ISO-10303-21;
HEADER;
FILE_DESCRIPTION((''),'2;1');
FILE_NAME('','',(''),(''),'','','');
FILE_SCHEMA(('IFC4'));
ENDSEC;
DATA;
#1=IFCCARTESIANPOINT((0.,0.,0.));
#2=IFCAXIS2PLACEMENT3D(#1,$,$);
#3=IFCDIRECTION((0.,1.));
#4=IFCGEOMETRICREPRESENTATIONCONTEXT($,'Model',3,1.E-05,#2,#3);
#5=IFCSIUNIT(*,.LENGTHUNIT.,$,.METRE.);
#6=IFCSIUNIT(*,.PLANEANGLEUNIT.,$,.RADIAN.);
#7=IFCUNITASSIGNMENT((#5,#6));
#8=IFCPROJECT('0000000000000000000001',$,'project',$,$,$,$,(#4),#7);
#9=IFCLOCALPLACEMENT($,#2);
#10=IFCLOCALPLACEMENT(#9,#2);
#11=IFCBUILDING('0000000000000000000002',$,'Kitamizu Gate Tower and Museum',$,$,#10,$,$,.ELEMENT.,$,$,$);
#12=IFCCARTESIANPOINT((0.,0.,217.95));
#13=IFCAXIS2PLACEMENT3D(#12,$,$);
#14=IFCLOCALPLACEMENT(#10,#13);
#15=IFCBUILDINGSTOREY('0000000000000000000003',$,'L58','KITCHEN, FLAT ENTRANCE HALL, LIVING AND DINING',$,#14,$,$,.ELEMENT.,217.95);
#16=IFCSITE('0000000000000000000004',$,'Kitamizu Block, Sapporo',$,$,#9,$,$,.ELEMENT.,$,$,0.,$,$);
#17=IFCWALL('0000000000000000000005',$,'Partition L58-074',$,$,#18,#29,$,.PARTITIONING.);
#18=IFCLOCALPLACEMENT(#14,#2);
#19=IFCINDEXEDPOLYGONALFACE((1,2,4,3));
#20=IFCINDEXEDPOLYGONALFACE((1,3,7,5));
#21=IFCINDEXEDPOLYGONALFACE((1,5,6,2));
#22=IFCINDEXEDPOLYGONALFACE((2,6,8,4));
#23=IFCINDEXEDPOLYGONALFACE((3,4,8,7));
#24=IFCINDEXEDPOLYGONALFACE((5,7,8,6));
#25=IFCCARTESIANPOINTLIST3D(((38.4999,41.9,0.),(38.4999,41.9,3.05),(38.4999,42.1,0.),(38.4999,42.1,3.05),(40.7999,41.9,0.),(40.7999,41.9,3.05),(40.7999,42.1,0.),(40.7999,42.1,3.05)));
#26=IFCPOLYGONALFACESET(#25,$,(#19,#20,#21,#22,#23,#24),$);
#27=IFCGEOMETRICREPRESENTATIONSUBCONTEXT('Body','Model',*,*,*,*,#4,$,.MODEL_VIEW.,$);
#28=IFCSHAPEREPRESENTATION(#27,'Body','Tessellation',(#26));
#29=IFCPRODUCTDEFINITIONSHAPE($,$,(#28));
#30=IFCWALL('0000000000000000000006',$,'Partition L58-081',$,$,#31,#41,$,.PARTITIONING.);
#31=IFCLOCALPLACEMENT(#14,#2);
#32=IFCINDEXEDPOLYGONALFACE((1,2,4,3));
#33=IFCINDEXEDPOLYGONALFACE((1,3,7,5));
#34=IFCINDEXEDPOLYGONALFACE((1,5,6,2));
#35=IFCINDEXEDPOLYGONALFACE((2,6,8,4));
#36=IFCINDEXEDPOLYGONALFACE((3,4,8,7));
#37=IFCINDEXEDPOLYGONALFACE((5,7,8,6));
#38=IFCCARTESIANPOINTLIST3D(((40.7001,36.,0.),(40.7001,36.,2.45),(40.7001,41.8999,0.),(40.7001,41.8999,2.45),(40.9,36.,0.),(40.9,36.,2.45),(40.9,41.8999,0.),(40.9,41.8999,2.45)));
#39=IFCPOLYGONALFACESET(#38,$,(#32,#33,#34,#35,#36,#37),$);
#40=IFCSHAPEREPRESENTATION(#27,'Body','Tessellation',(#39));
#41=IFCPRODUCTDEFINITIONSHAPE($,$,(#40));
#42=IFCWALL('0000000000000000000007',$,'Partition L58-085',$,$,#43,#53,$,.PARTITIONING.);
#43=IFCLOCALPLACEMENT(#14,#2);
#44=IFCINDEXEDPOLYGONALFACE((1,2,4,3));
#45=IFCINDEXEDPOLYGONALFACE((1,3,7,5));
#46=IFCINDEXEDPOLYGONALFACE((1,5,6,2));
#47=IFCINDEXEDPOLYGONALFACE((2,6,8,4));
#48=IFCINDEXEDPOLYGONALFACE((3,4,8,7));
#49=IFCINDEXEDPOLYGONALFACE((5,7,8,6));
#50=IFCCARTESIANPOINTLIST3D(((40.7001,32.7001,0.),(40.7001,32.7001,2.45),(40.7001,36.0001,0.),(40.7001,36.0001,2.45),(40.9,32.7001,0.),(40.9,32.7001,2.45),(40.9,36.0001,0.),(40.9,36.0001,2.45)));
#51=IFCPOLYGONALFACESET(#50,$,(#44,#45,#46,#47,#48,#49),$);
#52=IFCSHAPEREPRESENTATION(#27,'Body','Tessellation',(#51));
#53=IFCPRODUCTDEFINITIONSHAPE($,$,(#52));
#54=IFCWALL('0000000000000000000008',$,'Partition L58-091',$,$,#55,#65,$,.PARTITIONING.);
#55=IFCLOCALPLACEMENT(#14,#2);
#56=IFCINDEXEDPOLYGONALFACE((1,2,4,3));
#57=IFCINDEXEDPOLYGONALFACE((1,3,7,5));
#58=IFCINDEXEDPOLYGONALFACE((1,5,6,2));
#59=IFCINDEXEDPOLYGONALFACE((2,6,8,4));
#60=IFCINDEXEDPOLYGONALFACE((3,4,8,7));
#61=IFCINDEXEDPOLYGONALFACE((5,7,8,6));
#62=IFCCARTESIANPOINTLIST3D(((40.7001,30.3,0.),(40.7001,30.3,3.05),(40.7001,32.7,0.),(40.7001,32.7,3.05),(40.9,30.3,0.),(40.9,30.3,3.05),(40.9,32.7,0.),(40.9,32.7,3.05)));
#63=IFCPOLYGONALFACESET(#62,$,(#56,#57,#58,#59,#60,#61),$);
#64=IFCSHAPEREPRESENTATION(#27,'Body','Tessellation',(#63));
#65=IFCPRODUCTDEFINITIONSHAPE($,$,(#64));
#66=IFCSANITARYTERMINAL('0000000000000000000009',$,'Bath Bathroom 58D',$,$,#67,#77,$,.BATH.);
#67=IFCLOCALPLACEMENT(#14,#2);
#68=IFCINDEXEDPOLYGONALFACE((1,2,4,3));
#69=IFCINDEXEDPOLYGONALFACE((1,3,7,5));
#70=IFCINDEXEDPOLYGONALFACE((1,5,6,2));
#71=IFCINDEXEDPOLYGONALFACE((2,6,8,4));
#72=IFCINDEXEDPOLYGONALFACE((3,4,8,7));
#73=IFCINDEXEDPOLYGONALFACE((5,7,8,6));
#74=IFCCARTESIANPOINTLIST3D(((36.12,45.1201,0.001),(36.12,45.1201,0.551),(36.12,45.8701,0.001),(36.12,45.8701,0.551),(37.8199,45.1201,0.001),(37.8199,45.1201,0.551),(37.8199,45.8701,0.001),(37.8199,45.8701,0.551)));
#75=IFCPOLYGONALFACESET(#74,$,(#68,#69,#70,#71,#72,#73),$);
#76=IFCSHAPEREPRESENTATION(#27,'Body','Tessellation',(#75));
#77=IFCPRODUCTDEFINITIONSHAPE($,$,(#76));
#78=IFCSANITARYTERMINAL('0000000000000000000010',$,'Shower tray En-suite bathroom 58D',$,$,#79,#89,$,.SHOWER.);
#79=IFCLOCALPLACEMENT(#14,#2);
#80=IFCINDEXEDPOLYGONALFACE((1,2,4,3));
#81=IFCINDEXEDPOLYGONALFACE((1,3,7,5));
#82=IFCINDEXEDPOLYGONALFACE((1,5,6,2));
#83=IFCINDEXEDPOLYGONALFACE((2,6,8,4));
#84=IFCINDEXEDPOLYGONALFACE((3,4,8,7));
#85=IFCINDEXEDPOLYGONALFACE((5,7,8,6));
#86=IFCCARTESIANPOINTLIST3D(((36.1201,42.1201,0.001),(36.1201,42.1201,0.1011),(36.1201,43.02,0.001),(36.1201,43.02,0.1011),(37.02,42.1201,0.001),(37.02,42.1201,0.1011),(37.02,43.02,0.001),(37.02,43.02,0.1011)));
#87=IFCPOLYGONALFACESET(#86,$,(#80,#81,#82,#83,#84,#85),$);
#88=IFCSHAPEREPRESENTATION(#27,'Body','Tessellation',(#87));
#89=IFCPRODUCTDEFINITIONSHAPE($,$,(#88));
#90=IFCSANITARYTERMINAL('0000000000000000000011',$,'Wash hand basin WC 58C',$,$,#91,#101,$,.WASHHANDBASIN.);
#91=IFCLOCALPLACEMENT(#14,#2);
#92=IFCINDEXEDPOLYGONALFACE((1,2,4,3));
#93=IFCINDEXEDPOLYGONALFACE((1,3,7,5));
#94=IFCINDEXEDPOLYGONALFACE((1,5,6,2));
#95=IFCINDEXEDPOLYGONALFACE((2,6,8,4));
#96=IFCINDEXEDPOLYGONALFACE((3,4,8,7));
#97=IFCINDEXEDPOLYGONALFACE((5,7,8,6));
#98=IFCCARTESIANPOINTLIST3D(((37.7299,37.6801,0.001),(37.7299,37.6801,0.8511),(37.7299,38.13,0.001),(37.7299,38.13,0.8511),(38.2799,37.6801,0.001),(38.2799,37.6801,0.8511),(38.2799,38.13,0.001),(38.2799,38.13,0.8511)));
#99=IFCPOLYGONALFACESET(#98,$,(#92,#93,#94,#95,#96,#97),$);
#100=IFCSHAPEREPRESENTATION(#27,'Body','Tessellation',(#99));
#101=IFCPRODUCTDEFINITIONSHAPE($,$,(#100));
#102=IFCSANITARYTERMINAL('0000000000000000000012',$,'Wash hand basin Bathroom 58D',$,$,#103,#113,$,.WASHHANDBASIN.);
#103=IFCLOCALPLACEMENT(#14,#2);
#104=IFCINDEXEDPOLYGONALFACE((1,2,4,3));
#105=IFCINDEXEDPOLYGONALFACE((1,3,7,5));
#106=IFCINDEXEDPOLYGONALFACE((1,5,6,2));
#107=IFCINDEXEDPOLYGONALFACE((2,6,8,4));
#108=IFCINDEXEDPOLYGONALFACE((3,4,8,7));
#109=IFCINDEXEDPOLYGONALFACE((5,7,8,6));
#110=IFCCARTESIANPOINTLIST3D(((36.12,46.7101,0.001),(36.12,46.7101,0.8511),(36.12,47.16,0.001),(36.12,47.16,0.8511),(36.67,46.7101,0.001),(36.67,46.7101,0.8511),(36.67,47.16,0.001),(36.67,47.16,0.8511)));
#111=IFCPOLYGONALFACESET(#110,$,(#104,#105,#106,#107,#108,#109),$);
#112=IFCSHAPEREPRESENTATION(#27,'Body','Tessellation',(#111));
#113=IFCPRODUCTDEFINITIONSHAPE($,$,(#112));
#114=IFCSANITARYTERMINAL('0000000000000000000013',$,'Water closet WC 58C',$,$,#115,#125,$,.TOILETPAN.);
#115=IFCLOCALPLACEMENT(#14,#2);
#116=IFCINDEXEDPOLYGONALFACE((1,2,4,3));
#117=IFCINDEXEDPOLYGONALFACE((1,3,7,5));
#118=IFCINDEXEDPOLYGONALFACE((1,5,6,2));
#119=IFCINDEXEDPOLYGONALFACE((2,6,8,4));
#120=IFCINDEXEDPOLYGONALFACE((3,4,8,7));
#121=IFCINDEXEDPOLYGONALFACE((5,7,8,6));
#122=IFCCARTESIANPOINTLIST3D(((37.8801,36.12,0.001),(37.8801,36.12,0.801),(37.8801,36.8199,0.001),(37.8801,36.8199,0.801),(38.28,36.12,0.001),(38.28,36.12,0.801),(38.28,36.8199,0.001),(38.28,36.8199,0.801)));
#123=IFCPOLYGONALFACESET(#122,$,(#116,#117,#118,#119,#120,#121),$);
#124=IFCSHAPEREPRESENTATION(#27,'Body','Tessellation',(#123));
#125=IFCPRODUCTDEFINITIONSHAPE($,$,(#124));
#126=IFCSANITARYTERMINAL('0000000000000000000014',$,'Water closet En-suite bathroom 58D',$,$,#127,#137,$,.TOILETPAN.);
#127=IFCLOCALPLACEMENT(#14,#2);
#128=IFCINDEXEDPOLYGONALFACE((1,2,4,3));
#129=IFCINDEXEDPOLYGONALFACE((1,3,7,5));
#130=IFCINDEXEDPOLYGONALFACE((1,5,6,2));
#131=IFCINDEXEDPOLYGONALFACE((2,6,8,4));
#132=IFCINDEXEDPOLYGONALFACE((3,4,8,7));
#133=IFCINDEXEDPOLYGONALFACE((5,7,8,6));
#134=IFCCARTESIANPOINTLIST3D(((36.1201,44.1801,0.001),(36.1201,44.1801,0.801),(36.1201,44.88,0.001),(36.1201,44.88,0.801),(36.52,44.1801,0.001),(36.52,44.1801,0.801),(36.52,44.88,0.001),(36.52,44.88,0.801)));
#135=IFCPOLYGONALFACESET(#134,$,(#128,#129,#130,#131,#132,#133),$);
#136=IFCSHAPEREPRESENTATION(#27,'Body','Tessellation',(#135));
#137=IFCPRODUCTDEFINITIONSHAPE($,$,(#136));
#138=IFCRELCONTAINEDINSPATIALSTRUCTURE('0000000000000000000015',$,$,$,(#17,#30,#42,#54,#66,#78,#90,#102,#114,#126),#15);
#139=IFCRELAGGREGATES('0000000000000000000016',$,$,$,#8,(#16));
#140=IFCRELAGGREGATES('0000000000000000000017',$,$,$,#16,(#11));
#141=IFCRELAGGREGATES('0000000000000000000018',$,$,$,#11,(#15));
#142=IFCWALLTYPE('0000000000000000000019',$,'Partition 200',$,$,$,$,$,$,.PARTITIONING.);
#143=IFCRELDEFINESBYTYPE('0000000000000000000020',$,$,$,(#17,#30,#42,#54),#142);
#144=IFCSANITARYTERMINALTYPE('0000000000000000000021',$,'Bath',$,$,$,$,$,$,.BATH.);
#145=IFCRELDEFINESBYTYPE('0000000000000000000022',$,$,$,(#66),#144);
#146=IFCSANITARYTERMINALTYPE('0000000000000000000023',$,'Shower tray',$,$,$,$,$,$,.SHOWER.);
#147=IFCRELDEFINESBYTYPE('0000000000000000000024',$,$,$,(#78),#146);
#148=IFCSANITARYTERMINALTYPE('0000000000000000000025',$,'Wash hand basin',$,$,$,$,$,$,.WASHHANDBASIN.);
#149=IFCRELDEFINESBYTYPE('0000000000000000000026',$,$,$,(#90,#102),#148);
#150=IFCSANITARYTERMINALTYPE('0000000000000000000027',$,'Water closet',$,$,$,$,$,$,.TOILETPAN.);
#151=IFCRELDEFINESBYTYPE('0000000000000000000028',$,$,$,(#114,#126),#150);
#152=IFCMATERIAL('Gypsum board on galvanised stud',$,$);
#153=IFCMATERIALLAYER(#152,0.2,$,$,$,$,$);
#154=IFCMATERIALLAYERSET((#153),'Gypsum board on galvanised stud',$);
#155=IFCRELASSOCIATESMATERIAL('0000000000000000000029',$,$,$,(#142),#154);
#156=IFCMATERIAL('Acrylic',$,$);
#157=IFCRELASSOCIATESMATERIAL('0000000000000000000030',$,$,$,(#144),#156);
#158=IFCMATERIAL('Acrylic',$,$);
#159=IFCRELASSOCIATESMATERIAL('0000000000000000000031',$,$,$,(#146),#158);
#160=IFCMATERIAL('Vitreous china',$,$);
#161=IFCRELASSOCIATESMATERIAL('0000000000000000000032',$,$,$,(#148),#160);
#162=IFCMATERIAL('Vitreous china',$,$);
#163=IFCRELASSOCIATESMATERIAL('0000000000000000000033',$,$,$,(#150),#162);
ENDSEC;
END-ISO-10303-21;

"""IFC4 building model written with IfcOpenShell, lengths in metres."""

from ifc_helpers import new_model, si_unit, direction, frame, frame_2d, origin, origin_2d, place, context, subcontext, project, spatial, rectangle, extrude, material, layer, layer_set, type_object, element, save


model = new_model("IFC4")

# Units and contexts
model_context = context("Model", 3, precision=1e-05, world=origin(), true_north=direction((0.0, 1.0)))
body_context = subcontext(model_context, "Body", "Model", "MODEL_VIEW")
ifc_project = project(units=[si_unit("LENGTHUNIT", "METRE"), si_unit("PLANEANGLEUNIT", "RADIAN")], contexts=[model_context])

# Site, building, storey
site_placement = place(None, origin())
site = spatial("IfcSite", under=ifc_project, at=site_placement, Name="Kitamizu Block, Sapporo", CompositionType="ELEMENT", RefElevation=0.0)
building_placement = place(site_placement, origin())
building = spatial("IfcBuilding", under=site, at=building_placement, Name="Kitamizu Gate Tower and Museum", CompositionType="ELEMENT")
storey_placement = place(building_placement, frame((0.0, 0.0, 217.95)))
storey = spatial("IfcBuildingStorey", under=building, at=storey_placement, Name="L58", Description="KITCHEN, FLAT ENTRANCE HALL, LIVING AND DINING", CompositionType="ELEMENT", Elevation=217.95)

# Walls
ifc_material_1 = material(Name="Gypsum board on galvanised stud")
ifc_layer_1 = layer(ifc_material_1, 0.2)
ifc_layer_set_1 = layer_set([ifc_layer_1], Name="Gypsum board on galvanised stud")
wall_type_1 = type_object("IfcWallType", Name="Partition 200", PredefinedType="PARTITIONING", material=ifc_layer_set_1)
wall_1_placement = place(storey_placement, frame((38.5, 42.0, 0.0), z_axis=(0.0, 0.0, 1.0), x_axis=(1.0, 0.0, 0.0)))
element("IfcWall", 1, at=wall_1_placement, inside=storey, type_object=wall_type_1, Name="Partition L58-074", PredefinedType="PARTITIONING", context=body_context, shape_type="SweptSolid", body=[
    extrude(rectangle(XDim=2.3, YDim=0.2, at=frame_2d((1.1499, 0.0))), origin(), (0.0, 0.0, 1.0), 3.05),
])
wall_2_placement = place(storey_placement, frame((40.8, 41.8999, 0.0), z_axis=(0.0, 0.0, 1.0), x_axis=(0.0, -1.0, 0.0)))
element("IfcWall", 2, at=wall_2_placement, inside=storey, type_object=wall_type_1, Name="Partition L58-081", PredefinedType="PARTITIONING", context=body_context, shape_type="SweptSolid", body=[
    extrude(rectangle(XDim=5.8999, YDim=0.2, at=frame_2d((2.95, 0.0))), origin(), (0.0, 0.0, 1.0), 2.45),
])
wall_3_placement = place(storey_placement, frame((40.8, 36.0, 0.0), z_axis=(0.0, 0.0, 1.0), x_axis=(0.0, -1.0, 0.0)))
element("IfcWall", 3, at=wall_3_placement, inside=storey, type_object=wall_type_1, Name="Partition L58-085", PredefinedType="PARTITIONING", context=body_context, shape_type="SweptSolid", body=[
    extrude(rectangle(XDim=3.3, YDim=0.2, at=frame_2d((1.6499, 0.0))), origin(), (0.0, 0.0, 1.0), 2.45),
])
wall_4_placement = place(storey_placement, frame((40.8, 32.7, 0.0), z_axis=(0.0, 0.0, 1.0), x_axis=(0.0, -1.0, 0.0)))
element("IfcWall", 4, at=wall_4_placement, inside=storey, type_object=wall_type_1, Name="Partition L58-091", PredefinedType="PARTITIONING", context=body_context, shape_type="SweptSolid", body=[
    extrude(rectangle(XDim=2.3999, YDim=0.2, at=frame_2d((1.2, 0.0))), origin(), (0.0, 0.0, 1.0), 3.05),
])

# Sanitary terminals
ifc_material_2 = material(Name="Acrylic")
sanitary_terminal_type_1 = type_object("IfcSanitaryTerminalType", Name="Bath", PredefinedType="BATH", material=ifc_material_2)
sanitary_terminal_1_placement = place(storey_placement, frame((36.97, 45.4951, 0.001), z_axis=(0.0, 0.0, 1.0), x_axis=(1.0, 0.0, 0.0)))
element("IfcSanitaryTerminal", 5, at=sanitary_terminal_1_placement, inside=storey, type_object=sanitary_terminal_type_1, Name="Bath Bathroom 58D", PredefinedType="BATH", context=body_context, shape_type="SweptSolid", body=[
    extrude(rectangle(XDim=1.7, YDim=0.75, at=origin_2d()), origin(), (0.0, 0.0, 1.0), 0.55),
])
ifc_material_3 = material(Name="Acrylic")
sanitary_terminal_type_2 = type_object("IfcSanitaryTerminalType", Name="Shower tray", PredefinedType="SHOWER", material=ifc_material_3)
sanitary_terminal_2_placement = place(storey_placement, frame((36.5701, 42.5701, 0.001), z_axis=(0.0, 0.0, 1.0), x_axis=(1.0, 0.0, 0.0)))
element("IfcSanitaryTerminal", 6, at=sanitary_terminal_2_placement, inside=storey, type_object=sanitary_terminal_type_2, Name="Shower tray En-suite bathroom 58D", PredefinedType="SHOWER", context=body_context, shape_type="SweptSolid", body=[
    extrude(rectangle(XDim=0.8999, YDim=0.8999, at=origin_2d()), origin(), (0.0, 0.0, 1.0), 0.1001),
])
ifc_material_4 = material(Name="Vitreous china")
sanitary_terminal_type_3 = type_object("IfcSanitaryTerminalType", Name="Wash hand basin", PredefinedType="WASHHANDBASIN", material=ifc_material_4)
for number, where, z_axis, x_axis, name in (
    (7, (38.0049, 37.905, 0.001), (0.0, 0.0, 1.0), (1.0, 0.0, 0.0), "Wash hand basin WC 58C"),
    (8, (36.395, 46.9351, 0.001), (0.0, 0.0, 1.0), (1.0, 0.0, 0.0), "Wash hand basin Bathroom 58D"),
):
    element("IfcSanitaryTerminal", number, at=place(storey_placement, frame(where, z_axis=z_axis, x_axis=x_axis)), inside=storey, type_object=sanitary_terminal_type_3, Name=name, PredefinedType="WASHHANDBASIN", context=body_context, shape_type="SweptSolid", body=[
        extrude(rectangle(XDim=0.55, YDim=0.45, at=origin_2d()), origin(), (0.0, 0.0, 1.0), 0.8501),
    ])
ifc_material_5 = material(Name="Vitreous china")
sanitary_terminal_type_4 = type_object("IfcSanitaryTerminalType", Name="Water closet", PredefinedType="TOILETPAN", material=ifc_material_5)
for number, where, z_axis, x_axis, name in (
    (9, (38.0801, 36.47, 0.001), (0.0, 0.0, 1.0), (1.0, 0.0, 0.0), "Water closet WC 58C"),
    (10, (36.3201, 44.53, 0.001), (0.0, 0.0, 1.0), (1.0, 0.0, 0.0), "Water closet En-suite bathroom 58D"),
):
    element("IfcSanitaryTerminal", number, at=place(storey_placement, frame(where, z_axis=z_axis, x_axis=x_axis)), inside=storey, type_object=sanitary_terminal_type_4, Name=name, PredefinedType="TOILETPAN", context=body_context, shape_type="SweptSolid", body=[
        extrude(rectangle(XDim=0.3999, YDim=0.7, at=origin_2d()), origin(), (0.0, 0.0, 1.0), 0.8),
    ])

save(model, "model.ifc")
